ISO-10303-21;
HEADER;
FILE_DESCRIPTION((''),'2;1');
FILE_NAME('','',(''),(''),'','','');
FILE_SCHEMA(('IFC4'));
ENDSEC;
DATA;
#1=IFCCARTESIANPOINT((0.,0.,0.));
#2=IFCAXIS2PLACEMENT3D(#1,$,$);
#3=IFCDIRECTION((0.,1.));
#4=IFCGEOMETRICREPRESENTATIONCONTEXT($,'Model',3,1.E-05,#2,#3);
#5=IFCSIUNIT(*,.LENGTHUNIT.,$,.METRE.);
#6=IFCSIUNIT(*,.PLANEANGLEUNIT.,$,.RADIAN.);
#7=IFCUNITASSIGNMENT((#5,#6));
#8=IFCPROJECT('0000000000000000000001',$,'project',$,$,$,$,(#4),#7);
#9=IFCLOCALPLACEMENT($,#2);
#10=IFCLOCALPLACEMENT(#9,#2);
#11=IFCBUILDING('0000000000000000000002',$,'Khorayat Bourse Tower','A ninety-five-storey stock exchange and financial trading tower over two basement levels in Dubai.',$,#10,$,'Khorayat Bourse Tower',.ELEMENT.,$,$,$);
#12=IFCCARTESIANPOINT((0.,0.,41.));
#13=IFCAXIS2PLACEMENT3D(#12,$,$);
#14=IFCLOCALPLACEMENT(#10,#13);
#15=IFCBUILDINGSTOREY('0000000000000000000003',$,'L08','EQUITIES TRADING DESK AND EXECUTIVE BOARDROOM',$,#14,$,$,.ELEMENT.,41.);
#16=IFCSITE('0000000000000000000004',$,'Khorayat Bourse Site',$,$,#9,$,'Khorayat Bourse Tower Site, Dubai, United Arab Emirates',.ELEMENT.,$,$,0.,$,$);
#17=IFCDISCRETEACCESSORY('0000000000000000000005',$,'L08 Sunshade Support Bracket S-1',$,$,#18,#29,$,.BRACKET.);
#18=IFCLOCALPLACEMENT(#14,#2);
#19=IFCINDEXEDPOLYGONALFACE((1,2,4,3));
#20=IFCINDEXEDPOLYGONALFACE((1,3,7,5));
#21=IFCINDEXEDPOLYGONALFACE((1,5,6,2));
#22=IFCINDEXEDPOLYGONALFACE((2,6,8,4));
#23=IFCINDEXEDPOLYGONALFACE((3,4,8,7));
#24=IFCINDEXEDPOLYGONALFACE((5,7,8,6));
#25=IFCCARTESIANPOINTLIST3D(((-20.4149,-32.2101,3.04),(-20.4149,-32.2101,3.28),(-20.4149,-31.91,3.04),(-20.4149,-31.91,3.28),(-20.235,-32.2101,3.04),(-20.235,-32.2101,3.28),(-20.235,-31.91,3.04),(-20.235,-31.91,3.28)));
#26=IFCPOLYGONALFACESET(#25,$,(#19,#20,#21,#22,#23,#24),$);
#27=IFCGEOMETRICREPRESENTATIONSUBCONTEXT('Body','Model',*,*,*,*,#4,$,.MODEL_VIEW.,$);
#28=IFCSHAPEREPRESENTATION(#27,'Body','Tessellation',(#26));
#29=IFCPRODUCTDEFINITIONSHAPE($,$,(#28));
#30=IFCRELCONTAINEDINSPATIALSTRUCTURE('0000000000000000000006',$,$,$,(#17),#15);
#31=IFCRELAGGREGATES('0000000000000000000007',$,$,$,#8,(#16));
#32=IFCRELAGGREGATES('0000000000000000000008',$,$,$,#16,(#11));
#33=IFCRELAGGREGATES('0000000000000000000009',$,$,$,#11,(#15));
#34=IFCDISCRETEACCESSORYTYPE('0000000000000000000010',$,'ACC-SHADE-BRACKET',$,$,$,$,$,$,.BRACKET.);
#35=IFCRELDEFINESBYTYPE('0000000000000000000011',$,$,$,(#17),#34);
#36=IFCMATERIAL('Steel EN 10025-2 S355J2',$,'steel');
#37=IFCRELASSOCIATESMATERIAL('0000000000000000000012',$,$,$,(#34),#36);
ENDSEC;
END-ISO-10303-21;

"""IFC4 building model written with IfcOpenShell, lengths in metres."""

from ifc_helpers import new_model, si_unit, direction, frame, origin, origin_2d, place, context, subcontext, project, spatial, rectangle, extrude, source, transform, mapped, material, type_object, element, save


model = new_model("IFC4")

# Units and contexts
model_context = context("Model", 3, precision=1e-05, world=origin(), true_north=direction((0.0, 1.0)))
body_context = subcontext(model_context, "Body", "Model", "MODEL_VIEW")
ifc_project = project(units=[si_unit("LENGTHUNIT", "METRE"), si_unit("PLANEANGLEUNIT", "RADIAN")], contexts=[model_context])

# Site, building, storey
site_placement = place(None, origin())
site = spatial("IfcSite", under=ifc_project, at=site_placement, Name="Khorayat Bourse Site", LongName="Khorayat Bourse Tower Site, Dubai, United Arab Emirates", CompositionType="ELEMENT", RefElevation=0.0)
building_placement = place(site_placement, origin())
building = spatial("IfcBuilding", under=site, at=building_placement, Name="Khorayat Bourse Tower", Description="A ninety-five-storey stock exchange and financial trading tower over two basement levels in Dubai.", LongName="Khorayat Bourse Tower", CompositionType="ELEMENT")
storey_placement = place(building_placement, frame((0.0, 0.0, 41.0)))
storey = spatial("IfcBuildingStorey", under=building, at=storey_placement, Name="L08", Description="EQUITIES TRADING DESK AND EXECUTIVE BOARDROOM", CompositionType="ELEMENT", Elevation=41.0)

# Discrete accessory
ifc_material_1 = material(Name="Steel EN 10025-2 S355J2", Category="steel")
discrete_accessory_type = type_object("IfcDiscreteAccessoryType", Name="ACC-SHADE-BRACKET", PredefinedType="BRACKET", material=ifc_material_1)
shared_shape_1 = source(origin(), body_context, "Body", "SweptSolid", [
    extrude(rectangle(XDim=0.1799, YDim=0.3, at=origin_2d()), origin(), (0.0, 0.0, 1.0), 0.24),
])
discrete_accessory_placement = place(storey_placement, frame((-20.325, -32.0601, 3.04), z_axis=(0.0, 0.0, 1.0), x_axis=(1.0, 0.0, 0.0)))
element("IfcDiscreteAccessory", 1, at=discrete_accessory_placement, inside=storey, type_object=discrete_accessory_type, Name="L08 Sunshade Support Bracket S-1", PredefinedType="BRACKET", context=body_context, shape_type="MappedRepresentation", body=[
    mapped(shared_shape_1, transform((0.0, 0.0, 0.0), scale=1.0)),
])

save(model, "model.ifc")
